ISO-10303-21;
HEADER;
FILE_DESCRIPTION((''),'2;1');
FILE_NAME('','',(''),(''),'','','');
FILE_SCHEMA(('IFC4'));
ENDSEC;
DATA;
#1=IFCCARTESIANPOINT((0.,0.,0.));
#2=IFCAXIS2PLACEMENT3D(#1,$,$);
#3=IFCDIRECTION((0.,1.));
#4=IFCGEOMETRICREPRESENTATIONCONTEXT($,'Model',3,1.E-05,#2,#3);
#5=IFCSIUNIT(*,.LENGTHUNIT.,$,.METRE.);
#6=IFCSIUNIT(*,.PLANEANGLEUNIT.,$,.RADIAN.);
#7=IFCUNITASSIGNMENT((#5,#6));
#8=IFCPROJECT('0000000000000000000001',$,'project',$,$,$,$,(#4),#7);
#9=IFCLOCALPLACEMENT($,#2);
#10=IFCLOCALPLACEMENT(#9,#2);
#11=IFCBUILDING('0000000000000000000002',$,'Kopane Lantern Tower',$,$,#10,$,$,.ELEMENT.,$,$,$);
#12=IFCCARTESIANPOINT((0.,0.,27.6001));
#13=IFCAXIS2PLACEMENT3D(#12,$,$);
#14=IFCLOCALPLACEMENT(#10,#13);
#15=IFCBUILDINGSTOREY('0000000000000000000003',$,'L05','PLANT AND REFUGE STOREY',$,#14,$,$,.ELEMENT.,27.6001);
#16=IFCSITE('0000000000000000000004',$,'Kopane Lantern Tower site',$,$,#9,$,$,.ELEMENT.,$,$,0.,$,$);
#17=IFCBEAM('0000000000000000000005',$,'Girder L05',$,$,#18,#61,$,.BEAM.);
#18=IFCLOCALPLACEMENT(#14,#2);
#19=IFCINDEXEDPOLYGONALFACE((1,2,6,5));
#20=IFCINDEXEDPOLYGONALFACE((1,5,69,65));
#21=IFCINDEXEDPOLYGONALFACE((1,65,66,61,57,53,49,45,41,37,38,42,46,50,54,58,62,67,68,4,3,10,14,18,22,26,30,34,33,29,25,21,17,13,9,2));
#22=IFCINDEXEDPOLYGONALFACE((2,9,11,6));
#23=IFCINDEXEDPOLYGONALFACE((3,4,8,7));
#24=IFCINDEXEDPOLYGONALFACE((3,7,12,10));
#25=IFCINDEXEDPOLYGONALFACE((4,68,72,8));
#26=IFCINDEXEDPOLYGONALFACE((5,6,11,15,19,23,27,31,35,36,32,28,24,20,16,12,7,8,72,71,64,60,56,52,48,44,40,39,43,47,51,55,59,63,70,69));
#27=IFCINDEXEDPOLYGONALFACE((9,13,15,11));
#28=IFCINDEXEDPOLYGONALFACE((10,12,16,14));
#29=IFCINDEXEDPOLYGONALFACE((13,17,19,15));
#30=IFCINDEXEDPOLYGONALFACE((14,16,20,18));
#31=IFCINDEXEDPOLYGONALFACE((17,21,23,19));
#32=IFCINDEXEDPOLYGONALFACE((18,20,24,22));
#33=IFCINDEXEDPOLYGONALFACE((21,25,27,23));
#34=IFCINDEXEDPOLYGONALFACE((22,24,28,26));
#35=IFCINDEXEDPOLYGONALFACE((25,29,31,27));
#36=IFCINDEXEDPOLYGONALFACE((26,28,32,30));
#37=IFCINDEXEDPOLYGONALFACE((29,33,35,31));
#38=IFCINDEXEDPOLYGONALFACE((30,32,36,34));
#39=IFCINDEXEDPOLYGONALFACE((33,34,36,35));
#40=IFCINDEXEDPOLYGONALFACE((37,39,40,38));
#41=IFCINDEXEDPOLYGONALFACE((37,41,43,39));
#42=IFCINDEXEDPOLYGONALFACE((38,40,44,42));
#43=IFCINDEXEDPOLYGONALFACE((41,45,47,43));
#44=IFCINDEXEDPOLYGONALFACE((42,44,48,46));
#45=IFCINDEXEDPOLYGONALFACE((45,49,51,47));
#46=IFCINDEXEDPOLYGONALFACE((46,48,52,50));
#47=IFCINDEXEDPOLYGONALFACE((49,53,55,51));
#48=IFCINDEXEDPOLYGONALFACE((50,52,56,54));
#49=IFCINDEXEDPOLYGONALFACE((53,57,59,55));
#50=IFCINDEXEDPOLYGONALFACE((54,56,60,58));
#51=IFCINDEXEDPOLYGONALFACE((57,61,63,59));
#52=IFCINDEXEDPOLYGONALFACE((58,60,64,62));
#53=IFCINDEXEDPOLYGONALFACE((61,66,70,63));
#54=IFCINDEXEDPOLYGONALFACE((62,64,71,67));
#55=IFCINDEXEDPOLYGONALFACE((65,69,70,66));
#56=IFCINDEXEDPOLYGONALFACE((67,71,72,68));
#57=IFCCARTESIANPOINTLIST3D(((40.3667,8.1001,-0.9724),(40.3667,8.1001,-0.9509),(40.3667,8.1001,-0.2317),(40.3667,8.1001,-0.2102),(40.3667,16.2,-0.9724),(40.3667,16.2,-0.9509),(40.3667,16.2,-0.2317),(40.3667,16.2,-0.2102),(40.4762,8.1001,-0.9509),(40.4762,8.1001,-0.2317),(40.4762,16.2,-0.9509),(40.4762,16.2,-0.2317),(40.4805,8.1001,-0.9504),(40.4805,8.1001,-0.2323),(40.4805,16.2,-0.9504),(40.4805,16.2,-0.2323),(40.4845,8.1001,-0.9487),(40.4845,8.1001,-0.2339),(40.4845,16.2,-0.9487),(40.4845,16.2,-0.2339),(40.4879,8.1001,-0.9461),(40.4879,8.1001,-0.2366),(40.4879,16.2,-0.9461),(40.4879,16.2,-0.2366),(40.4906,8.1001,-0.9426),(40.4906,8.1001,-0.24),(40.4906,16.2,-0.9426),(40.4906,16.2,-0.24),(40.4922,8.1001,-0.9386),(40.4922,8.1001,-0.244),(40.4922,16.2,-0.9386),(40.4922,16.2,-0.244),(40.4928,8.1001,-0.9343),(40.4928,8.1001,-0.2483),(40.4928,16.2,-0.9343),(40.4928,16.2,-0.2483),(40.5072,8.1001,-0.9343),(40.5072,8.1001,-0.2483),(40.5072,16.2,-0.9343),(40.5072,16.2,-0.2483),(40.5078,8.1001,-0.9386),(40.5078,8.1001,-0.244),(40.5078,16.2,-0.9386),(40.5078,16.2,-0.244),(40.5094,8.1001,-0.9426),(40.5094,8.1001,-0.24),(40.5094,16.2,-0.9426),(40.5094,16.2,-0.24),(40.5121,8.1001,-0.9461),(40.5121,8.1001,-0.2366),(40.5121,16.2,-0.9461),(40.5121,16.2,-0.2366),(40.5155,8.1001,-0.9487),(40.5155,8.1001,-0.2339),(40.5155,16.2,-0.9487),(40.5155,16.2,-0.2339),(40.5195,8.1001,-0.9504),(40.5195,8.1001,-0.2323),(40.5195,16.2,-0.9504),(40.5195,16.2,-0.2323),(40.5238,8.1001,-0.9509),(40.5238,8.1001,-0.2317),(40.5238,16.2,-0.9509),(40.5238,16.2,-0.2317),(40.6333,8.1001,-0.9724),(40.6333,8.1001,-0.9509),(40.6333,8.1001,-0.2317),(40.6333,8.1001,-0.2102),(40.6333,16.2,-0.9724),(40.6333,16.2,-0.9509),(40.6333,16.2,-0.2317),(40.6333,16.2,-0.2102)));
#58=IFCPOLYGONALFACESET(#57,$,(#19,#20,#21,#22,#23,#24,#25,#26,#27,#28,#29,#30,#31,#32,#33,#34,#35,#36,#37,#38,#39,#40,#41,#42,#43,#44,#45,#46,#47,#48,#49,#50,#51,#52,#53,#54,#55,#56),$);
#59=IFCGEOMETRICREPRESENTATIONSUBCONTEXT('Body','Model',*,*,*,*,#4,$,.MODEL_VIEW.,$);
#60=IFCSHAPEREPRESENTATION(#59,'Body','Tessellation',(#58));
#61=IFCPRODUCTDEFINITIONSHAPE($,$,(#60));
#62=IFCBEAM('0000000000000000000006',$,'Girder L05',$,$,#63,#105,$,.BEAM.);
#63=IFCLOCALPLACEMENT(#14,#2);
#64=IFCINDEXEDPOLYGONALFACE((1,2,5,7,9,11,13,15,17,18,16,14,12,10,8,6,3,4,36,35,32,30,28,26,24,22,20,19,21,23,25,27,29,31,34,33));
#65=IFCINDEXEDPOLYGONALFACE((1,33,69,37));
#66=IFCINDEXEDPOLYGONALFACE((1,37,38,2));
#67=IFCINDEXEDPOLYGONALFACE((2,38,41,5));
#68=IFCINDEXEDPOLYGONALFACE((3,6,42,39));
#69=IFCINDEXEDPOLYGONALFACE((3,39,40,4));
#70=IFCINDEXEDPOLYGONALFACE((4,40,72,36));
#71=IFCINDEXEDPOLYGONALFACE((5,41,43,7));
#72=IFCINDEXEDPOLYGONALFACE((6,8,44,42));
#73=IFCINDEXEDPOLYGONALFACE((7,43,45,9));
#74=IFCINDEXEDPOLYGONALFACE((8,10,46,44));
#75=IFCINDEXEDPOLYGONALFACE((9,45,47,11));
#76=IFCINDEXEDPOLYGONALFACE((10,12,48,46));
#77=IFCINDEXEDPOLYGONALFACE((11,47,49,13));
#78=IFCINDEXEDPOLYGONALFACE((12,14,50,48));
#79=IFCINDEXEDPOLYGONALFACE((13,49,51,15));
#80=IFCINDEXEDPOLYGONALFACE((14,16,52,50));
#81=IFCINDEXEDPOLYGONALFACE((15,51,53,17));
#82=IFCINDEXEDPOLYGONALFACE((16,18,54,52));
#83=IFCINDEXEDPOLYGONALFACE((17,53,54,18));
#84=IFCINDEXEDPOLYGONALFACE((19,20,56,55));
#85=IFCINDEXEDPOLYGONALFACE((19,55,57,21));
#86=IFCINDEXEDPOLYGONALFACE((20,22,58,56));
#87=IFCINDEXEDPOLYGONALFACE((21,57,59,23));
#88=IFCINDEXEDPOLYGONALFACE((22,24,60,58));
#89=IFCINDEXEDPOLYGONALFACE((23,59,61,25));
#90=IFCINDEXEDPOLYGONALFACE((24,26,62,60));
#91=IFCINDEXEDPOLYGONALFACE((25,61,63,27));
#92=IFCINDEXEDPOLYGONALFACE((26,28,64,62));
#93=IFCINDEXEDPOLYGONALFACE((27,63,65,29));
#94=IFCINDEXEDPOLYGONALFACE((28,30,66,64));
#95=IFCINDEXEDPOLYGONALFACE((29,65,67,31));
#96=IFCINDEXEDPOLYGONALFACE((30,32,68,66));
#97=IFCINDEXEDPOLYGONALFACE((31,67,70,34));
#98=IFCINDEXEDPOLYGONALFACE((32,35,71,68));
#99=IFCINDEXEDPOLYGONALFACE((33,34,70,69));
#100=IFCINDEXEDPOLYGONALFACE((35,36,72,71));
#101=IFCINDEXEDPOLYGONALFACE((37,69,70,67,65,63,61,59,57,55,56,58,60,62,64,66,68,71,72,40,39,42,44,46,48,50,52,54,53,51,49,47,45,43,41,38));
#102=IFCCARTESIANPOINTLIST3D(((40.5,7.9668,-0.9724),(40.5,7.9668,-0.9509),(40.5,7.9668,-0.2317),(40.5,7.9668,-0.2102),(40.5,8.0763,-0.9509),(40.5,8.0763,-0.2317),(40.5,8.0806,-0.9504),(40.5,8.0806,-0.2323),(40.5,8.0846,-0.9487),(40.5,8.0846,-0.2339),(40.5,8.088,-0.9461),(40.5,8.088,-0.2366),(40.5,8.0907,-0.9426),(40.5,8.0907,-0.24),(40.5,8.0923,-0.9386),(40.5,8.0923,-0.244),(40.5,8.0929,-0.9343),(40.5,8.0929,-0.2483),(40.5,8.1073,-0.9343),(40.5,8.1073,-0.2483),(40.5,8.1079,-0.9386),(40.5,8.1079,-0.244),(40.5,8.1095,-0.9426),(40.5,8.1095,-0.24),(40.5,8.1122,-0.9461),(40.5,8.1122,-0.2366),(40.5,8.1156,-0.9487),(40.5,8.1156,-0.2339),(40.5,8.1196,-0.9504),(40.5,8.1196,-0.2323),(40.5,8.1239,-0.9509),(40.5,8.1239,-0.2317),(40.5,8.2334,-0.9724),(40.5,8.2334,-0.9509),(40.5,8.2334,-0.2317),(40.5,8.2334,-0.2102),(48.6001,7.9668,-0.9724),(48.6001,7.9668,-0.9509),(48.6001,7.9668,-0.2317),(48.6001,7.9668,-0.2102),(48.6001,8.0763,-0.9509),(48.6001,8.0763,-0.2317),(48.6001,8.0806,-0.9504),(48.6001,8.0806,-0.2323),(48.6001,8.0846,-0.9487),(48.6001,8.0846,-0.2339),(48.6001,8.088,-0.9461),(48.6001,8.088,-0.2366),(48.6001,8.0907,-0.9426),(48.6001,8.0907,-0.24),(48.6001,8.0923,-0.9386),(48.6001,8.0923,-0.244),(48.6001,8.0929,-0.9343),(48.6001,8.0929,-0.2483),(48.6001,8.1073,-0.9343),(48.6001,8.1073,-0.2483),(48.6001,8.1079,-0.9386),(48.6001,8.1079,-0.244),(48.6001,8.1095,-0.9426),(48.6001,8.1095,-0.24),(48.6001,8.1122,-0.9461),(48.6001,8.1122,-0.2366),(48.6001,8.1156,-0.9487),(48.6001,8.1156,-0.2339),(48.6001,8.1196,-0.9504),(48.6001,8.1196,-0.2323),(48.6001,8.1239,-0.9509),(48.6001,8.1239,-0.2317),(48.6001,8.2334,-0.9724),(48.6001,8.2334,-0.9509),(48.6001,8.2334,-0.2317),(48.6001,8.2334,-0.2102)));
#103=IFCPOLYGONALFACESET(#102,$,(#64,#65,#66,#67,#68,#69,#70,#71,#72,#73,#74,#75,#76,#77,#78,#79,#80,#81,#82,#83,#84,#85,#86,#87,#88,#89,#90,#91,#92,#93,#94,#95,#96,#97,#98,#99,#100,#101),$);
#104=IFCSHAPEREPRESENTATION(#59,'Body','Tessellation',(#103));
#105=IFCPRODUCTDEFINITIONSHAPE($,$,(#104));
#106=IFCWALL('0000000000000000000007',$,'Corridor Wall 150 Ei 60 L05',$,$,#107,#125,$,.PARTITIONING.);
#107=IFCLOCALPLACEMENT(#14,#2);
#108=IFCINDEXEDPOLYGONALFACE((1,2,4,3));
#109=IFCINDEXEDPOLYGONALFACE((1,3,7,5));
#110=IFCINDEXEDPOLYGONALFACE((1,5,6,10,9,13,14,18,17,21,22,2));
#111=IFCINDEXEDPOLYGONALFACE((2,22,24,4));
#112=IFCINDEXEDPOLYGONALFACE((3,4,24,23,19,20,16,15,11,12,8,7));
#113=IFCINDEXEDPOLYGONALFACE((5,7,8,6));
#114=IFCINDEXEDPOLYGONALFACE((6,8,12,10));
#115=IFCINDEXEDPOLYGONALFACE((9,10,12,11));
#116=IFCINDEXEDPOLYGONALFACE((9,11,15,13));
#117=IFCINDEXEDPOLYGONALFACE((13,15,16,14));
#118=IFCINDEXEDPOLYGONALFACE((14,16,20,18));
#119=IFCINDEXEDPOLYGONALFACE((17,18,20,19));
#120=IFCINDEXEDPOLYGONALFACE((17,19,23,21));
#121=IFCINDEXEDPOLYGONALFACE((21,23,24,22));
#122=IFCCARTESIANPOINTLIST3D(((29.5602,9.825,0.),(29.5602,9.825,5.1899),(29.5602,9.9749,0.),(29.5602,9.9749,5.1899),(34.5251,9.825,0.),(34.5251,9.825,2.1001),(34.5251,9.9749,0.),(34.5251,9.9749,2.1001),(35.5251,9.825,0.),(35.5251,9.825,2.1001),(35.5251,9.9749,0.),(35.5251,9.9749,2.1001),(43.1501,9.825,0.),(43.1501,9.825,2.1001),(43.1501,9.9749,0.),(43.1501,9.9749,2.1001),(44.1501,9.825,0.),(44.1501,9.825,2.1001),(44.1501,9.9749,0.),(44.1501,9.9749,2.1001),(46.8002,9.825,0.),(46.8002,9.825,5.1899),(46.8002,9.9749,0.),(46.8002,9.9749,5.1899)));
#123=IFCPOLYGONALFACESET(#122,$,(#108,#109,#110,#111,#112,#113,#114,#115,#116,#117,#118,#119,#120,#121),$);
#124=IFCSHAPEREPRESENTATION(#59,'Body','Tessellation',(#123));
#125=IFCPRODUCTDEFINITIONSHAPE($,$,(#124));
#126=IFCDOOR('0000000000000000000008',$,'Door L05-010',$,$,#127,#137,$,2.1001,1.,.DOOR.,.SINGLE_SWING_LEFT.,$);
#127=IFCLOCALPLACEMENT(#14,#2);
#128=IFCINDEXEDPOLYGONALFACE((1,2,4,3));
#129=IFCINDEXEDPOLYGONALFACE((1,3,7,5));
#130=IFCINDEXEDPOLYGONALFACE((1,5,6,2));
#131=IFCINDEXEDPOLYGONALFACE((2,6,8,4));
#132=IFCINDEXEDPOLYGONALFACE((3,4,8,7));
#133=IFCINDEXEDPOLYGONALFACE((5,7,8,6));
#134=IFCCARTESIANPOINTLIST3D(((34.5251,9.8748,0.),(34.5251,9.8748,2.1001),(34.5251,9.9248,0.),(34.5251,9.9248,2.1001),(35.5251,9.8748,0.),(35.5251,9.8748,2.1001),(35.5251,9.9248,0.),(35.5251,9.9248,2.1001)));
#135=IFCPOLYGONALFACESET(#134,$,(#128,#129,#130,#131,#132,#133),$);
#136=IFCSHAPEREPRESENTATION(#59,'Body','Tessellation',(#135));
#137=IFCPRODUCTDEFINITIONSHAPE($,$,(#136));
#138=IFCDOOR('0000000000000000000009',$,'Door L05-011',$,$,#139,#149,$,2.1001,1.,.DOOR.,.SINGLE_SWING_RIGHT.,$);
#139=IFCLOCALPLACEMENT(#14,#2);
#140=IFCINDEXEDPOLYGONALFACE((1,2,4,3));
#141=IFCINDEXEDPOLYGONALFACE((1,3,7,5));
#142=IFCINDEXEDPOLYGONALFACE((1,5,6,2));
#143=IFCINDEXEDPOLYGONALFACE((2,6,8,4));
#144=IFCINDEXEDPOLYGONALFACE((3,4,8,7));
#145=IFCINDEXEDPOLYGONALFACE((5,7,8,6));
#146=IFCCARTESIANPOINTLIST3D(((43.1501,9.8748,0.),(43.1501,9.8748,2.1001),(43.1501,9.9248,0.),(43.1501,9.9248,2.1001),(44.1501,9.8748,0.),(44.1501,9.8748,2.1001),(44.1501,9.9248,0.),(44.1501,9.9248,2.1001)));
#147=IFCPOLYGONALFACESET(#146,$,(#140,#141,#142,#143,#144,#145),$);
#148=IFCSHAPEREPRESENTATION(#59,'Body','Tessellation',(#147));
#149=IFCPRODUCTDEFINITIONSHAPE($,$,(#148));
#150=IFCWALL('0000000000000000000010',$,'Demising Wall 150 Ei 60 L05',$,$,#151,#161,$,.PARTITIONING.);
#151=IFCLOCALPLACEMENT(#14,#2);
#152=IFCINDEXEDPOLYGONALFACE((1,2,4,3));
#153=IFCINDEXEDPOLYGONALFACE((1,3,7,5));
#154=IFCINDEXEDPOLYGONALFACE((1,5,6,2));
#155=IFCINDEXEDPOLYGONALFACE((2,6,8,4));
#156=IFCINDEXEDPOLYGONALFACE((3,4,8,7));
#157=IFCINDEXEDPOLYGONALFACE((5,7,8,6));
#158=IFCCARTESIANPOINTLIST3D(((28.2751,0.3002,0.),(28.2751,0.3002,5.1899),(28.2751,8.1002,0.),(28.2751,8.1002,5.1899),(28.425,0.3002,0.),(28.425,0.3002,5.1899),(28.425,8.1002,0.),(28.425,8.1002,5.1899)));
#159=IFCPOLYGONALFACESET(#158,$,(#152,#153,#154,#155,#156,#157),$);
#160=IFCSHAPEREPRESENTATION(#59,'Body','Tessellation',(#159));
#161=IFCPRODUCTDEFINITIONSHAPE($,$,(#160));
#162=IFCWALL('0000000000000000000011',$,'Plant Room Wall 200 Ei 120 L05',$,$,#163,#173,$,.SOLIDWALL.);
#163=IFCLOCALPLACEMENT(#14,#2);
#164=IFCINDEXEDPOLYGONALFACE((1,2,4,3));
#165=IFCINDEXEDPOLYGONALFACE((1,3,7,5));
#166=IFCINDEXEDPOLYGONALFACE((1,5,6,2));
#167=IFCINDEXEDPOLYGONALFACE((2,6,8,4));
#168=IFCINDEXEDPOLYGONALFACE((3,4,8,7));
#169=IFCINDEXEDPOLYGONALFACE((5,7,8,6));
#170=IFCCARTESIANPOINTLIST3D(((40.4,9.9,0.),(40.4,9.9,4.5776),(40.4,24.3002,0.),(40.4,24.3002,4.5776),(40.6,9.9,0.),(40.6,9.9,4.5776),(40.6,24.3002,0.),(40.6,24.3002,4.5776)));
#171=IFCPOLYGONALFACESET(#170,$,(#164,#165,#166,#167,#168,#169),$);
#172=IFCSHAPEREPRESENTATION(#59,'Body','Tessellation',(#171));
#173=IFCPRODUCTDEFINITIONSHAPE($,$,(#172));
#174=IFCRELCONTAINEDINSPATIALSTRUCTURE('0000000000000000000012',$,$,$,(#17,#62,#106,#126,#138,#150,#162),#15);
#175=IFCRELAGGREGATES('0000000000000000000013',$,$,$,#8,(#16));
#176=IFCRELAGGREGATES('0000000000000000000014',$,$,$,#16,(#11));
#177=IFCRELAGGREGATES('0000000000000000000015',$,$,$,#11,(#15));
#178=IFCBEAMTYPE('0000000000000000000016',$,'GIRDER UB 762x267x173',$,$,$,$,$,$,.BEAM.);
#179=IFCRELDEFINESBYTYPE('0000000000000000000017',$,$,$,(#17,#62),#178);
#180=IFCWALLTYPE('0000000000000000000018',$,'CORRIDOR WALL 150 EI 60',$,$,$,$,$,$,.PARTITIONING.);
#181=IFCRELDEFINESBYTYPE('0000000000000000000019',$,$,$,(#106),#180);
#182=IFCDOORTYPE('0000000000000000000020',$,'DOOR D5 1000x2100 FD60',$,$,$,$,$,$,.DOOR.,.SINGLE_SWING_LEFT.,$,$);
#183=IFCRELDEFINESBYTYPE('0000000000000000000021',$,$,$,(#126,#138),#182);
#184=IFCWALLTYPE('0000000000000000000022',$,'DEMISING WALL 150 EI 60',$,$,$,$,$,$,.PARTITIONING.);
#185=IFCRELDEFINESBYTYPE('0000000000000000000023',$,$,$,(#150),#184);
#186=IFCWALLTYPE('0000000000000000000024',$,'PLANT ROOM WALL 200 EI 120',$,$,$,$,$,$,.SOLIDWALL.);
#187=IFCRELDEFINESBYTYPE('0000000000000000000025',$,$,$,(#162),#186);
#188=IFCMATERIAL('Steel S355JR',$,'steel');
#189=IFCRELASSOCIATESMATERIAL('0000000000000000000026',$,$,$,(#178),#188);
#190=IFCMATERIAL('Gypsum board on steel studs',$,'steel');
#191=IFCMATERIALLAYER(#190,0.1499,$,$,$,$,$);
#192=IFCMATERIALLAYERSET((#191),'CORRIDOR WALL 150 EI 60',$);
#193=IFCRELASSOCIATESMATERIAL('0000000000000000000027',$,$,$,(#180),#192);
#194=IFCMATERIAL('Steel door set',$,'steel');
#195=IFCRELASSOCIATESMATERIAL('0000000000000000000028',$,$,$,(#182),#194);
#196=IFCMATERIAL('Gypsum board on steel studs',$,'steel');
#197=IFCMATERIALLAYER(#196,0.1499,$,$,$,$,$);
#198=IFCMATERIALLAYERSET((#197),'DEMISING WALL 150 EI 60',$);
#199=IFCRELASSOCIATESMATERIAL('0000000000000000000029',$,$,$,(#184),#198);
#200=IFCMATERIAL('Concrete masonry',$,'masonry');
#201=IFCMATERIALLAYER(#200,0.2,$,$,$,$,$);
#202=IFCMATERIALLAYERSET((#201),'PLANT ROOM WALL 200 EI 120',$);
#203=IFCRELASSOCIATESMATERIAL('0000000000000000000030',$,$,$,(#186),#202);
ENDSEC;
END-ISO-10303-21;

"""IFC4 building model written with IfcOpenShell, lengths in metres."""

from ifc_helpers import new_model, si_unit, direction, frame, frame_2d, origin, origin_2d, place, context, subcontext, project, spatial, rectangle, i_section, extrude, material, layer, layer_set, material_profile, profile_set, type_object, element, fill, save


model = new_model("IFC4")

# Units and contexts
model_context = context("Model", 3, precision=1e-05, world=origin(), true_north=direction((0.0, 1.0)))
body_context = subcontext(model_context, "Body", "Model", "MODEL_VIEW")
ifc_project = project(units=[si_unit("LENGTHUNIT", "METRE"), si_unit("PLANEANGLEUNIT", "RADIAN")], contexts=[model_context])

# Site, building, storey
site_placement = place(None, origin())
site = spatial("IfcSite", under=ifc_project, at=site_placement, Name="Kopane Lantern Tower site", CompositionType="ELEMENT", RefElevation=0.0)
building_placement = place(site_placement, origin())
building = spatial("IfcBuilding", under=site, at=building_placement, Name="Kopane Lantern Tower", CompositionType="ELEMENT")
storey_placement = place(building_placement, frame((0.0, 0.0, 27.6001)))
storey = spatial("IfcBuildingStorey", under=building, at=storey_placement, Name="L05", Description="PLANT AND REFUGE STOREY", CompositionType="ELEMENT", Elevation=27.6001)

# Beams
ifc_material_1 = material(Name="Steel S355JR", Category="steel")
ifc_material_profile_1 = material_profile(ifc_material_1, i_section(OverallWidth=0.2666, OverallDepth=0.7622, WebThickness=0.0144, FlangeThickness=0.0215, FilletRadius=0.0166, at=origin_2d()), Name="UB 762x267x173")
ifc_profile_set_1 = profile_set([ifc_material_profile_1], Name="Steel S355JR")
beam_type = type_object("IfcBeamType", Name="GIRDER UB 762x267x173", PredefinedType="BEAM", material=ifc_profile_set_1)
beam_1_placement = place(storey_placement, frame((40.5, 8.1001, -0.5913), z_axis=(0.0, 1.0, 0.0), x_axis=(-1.0, 0.0, 0.0)))
element("IfcBeam", 1, at=beam_1_placement, inside=storey, type_object=beam_type, Name="Girder L05", PredefinedType="BEAM", context=body_context, shape_type="SweptSolid", body=[
    extrude(i_section(OverallWidth=0.2666, OverallDepth=0.7622, WebThickness=0.0144, FlangeThickness=0.0215, FilletRadius=0.0166, at=origin_2d()), origin(), (0.0, 0.0, 1.0), 8.0999),
])
beam_2_placement = place(storey_placement, frame((40.5, 8.1001, -0.5913), z_axis=(1.0, 0.0, 0.0), x_axis=(0.0, 1.0, 0.0)))
element("IfcBeam", 2, at=beam_2_placement, inside=storey, type_object=beam_type, Name="Girder L05", PredefinedType="BEAM", context=body_context, shape_type="SweptSolid", body=[
    extrude(i_section(OverallWidth=0.2666, OverallDepth=0.7622, WebThickness=0.0144, FlangeThickness=0.0215, FilletRadius=0.0166, at=origin_2d()), origin(), (0.0, 0.0, 1.0), 8.1001),
])

# Wall, openings, doors
ifc_material_2 = material(Name="Gypsum board on steel studs", Category="steel")
ifc_layer_1 = layer(ifc_material_2, 0.1499)
ifc_layer_set_1 = layer_set([ifc_layer_1], Name="CORRIDOR WALL 150 EI 60")
wall_type_1 = type_object("IfcWallType", Name="CORRIDOR WALL 150 EI 60", PredefinedType="PARTITIONING", material=ifc_layer_set_1)
wall_1_placement = place(storey_placement, frame((29.5601, 9.8999, 0.0), z_axis=(0.0, 0.0, 1.0), x_axis=(1.0, 0.0, 0.0)))
wall_1 = element("IfcWall", 3, at=wall_1_placement, inside=storey, type_object=wall_type_1, Name="Corridor Wall 150 Ei 60 L05", PredefinedType="PARTITIONING", context=body_context, shape_type="SweptSolid", body=[
    extrude(rectangle(XDim=17.24, YDim=0.1499, at=frame_2d((8.6201, 0.0))), origin(), (0.0, 0.0, 1.0), 5.1899),
])
opening_1_placement = place(wall_1_placement, frame((4.9651, 0.0, 0.0)))
opening_1 = element("IfcOpeningElement", 4, at=opening_1_placement, cuts=wall_1, PredefinedType="OPENING", context=body_context, shape_type="SweptSolid", body=[
    extrude(rectangle(XDim=1.0, YDim=2.1001, at=frame_2d((0.5, 1.05))), frame((0.0, 0.085, 0.0), z_axis=(0.0, -1.0, 0.0), x_axis=(1.0, 0.0, 0.0)), (0.0, 0.0, 1.0), 0.1699),
])
opening_2_placement = place(wall_1_placement, frame((13.5901, 0.0, 0.0)))
opening_2 = element("IfcOpeningElement", 5, at=opening_2_placement, cuts=wall_1, PredefinedType="OPENING", context=body_context, shape_type="SweptSolid", body=[
    extrude(rectangle(XDim=1.0, YDim=2.1001, at=frame_2d((0.5, 1.05))), frame((0.0, 0.085, 0.0), z_axis=(0.0, -1.0, 0.0), x_axis=(1.0, 0.0, 0.0)), (0.0, 0.0, 1.0), 0.1699),
])
ifc_material_3 = material(Name="Steel door set", Category="steel")
door_type = type_object("IfcDoorType", Name="DOOR D5 1000x2100 FD60", OperationType="SINGLE_SWING_LEFT", PredefinedType="DOOR", material=ifc_material_3)
door_1_placement = place(opening_1_placement, origin())
door_1 = element("IfcDoor", 6, at=door_1_placement, inside=storey, type_object=door_type, Name="Door L05-010", OperationType="SINGLE_SWING_LEFT", OverallHeight=2.1001, OverallWidth=1.0, PredefinedType="DOOR", context=body_context, shape_type="SweptSolid", body=[
    extrude(rectangle(XDim=1.0, YDim=2.1001, at=frame_2d((0.5, 1.05))), frame((0.0, 0.0249, 0.0), z_axis=(0.0, -1.0, 0.0), x_axis=(1.0, 0.0, 0.0)), (0.0, 0.0, 1.0), 0.05),
])
fill(opening_1, door_1)
door_2_placement = place(opening_2_placement, origin())
door_2 = element("IfcDoor", 7, at=door_2_placement, inside=storey, type_object=door_type, Name="Door L05-011", OperationType="SINGLE_SWING_RIGHT", OverallHeight=2.1001, OverallWidth=1.0, PredefinedType="DOOR", context=body_context, shape_type="SweptSolid", body=[
    extrude(rectangle(XDim=1.0, YDim=2.1001, at=frame_2d((0.5, 1.05))), frame((0.0, 0.0249, 0.0), z_axis=(0.0, -1.0, 0.0), x_axis=(1.0, 0.0, 0.0)), (0.0, 0.0, 1.0), 0.05),
])
fill(opening_2, door_2)

# Walls
ifc_material_4 = material(Name="Gypsum board on steel studs", Category="steel")
ifc_layer_2 = layer(ifc_material_4, 0.1499)
ifc_layer_set_2 = layer_set([ifc_layer_2], Name="DEMISING WALL 150 EI 60")
wall_type_2 = type_object("IfcWallType", Name="DEMISING WALL 150 EI 60", PredefinedType="PARTITIONING", material=ifc_layer_set_2)
wall_2_placement = place(storey_placement, frame((28.3501, 8.1001, 0.0), z_axis=(0.0, 0.0, 1.0), x_axis=(0.0, -1.0, 0.0)))
element("IfcWall", 8, at=wall_2_placement, inside=storey, type_object=wall_type_2, Name="Demising Wall 150 Ei 60 L05", PredefinedType="PARTITIONING", context=body_context, shape_type="SweptSolid", body=[
    extrude(rectangle(XDim=7.8, YDim=0.1499, at=frame_2d((3.8999, 0.0))), origin(), (0.0, 0.0, 1.0), 5.1899),
])
ifc_material_5 = material(Name="Concrete masonry", Category="masonry")
ifc_layer_3 = layer(ifc_material_5, 0.2)
ifc_layer_set_3 = layer_set([ifc_layer_3], Name="PLANT ROOM WALL 200 EI 120")
wall_type_3 = type_object("IfcWallType", Name="PLANT ROOM WALL 200 EI 120", PredefinedType="SOLIDWALL", material=ifc_layer_set_3)
wall_3_placement = place(storey_placement, frame((40.5, 9.8999, 0.0), z_axis=(0.0, 0.0, 1.0), x_axis=(0.0, 1.0, 0.0)))
element("IfcWall", 9, at=wall_3_placement, inside=storey, type_object=wall_type_3, Name="Plant Room Wall 200 Ei 120 L05", PredefinedType="SOLIDWALL", context=body_context, shape_type="SweptSolid", body=[
    extrude(rectangle(XDim=14.4001, YDim=0.2, at=frame_2d((7.2002, 0.0))), origin(), (0.0, 0.0, 1.0), 4.5776),
])

save(model, "model.ifc")
